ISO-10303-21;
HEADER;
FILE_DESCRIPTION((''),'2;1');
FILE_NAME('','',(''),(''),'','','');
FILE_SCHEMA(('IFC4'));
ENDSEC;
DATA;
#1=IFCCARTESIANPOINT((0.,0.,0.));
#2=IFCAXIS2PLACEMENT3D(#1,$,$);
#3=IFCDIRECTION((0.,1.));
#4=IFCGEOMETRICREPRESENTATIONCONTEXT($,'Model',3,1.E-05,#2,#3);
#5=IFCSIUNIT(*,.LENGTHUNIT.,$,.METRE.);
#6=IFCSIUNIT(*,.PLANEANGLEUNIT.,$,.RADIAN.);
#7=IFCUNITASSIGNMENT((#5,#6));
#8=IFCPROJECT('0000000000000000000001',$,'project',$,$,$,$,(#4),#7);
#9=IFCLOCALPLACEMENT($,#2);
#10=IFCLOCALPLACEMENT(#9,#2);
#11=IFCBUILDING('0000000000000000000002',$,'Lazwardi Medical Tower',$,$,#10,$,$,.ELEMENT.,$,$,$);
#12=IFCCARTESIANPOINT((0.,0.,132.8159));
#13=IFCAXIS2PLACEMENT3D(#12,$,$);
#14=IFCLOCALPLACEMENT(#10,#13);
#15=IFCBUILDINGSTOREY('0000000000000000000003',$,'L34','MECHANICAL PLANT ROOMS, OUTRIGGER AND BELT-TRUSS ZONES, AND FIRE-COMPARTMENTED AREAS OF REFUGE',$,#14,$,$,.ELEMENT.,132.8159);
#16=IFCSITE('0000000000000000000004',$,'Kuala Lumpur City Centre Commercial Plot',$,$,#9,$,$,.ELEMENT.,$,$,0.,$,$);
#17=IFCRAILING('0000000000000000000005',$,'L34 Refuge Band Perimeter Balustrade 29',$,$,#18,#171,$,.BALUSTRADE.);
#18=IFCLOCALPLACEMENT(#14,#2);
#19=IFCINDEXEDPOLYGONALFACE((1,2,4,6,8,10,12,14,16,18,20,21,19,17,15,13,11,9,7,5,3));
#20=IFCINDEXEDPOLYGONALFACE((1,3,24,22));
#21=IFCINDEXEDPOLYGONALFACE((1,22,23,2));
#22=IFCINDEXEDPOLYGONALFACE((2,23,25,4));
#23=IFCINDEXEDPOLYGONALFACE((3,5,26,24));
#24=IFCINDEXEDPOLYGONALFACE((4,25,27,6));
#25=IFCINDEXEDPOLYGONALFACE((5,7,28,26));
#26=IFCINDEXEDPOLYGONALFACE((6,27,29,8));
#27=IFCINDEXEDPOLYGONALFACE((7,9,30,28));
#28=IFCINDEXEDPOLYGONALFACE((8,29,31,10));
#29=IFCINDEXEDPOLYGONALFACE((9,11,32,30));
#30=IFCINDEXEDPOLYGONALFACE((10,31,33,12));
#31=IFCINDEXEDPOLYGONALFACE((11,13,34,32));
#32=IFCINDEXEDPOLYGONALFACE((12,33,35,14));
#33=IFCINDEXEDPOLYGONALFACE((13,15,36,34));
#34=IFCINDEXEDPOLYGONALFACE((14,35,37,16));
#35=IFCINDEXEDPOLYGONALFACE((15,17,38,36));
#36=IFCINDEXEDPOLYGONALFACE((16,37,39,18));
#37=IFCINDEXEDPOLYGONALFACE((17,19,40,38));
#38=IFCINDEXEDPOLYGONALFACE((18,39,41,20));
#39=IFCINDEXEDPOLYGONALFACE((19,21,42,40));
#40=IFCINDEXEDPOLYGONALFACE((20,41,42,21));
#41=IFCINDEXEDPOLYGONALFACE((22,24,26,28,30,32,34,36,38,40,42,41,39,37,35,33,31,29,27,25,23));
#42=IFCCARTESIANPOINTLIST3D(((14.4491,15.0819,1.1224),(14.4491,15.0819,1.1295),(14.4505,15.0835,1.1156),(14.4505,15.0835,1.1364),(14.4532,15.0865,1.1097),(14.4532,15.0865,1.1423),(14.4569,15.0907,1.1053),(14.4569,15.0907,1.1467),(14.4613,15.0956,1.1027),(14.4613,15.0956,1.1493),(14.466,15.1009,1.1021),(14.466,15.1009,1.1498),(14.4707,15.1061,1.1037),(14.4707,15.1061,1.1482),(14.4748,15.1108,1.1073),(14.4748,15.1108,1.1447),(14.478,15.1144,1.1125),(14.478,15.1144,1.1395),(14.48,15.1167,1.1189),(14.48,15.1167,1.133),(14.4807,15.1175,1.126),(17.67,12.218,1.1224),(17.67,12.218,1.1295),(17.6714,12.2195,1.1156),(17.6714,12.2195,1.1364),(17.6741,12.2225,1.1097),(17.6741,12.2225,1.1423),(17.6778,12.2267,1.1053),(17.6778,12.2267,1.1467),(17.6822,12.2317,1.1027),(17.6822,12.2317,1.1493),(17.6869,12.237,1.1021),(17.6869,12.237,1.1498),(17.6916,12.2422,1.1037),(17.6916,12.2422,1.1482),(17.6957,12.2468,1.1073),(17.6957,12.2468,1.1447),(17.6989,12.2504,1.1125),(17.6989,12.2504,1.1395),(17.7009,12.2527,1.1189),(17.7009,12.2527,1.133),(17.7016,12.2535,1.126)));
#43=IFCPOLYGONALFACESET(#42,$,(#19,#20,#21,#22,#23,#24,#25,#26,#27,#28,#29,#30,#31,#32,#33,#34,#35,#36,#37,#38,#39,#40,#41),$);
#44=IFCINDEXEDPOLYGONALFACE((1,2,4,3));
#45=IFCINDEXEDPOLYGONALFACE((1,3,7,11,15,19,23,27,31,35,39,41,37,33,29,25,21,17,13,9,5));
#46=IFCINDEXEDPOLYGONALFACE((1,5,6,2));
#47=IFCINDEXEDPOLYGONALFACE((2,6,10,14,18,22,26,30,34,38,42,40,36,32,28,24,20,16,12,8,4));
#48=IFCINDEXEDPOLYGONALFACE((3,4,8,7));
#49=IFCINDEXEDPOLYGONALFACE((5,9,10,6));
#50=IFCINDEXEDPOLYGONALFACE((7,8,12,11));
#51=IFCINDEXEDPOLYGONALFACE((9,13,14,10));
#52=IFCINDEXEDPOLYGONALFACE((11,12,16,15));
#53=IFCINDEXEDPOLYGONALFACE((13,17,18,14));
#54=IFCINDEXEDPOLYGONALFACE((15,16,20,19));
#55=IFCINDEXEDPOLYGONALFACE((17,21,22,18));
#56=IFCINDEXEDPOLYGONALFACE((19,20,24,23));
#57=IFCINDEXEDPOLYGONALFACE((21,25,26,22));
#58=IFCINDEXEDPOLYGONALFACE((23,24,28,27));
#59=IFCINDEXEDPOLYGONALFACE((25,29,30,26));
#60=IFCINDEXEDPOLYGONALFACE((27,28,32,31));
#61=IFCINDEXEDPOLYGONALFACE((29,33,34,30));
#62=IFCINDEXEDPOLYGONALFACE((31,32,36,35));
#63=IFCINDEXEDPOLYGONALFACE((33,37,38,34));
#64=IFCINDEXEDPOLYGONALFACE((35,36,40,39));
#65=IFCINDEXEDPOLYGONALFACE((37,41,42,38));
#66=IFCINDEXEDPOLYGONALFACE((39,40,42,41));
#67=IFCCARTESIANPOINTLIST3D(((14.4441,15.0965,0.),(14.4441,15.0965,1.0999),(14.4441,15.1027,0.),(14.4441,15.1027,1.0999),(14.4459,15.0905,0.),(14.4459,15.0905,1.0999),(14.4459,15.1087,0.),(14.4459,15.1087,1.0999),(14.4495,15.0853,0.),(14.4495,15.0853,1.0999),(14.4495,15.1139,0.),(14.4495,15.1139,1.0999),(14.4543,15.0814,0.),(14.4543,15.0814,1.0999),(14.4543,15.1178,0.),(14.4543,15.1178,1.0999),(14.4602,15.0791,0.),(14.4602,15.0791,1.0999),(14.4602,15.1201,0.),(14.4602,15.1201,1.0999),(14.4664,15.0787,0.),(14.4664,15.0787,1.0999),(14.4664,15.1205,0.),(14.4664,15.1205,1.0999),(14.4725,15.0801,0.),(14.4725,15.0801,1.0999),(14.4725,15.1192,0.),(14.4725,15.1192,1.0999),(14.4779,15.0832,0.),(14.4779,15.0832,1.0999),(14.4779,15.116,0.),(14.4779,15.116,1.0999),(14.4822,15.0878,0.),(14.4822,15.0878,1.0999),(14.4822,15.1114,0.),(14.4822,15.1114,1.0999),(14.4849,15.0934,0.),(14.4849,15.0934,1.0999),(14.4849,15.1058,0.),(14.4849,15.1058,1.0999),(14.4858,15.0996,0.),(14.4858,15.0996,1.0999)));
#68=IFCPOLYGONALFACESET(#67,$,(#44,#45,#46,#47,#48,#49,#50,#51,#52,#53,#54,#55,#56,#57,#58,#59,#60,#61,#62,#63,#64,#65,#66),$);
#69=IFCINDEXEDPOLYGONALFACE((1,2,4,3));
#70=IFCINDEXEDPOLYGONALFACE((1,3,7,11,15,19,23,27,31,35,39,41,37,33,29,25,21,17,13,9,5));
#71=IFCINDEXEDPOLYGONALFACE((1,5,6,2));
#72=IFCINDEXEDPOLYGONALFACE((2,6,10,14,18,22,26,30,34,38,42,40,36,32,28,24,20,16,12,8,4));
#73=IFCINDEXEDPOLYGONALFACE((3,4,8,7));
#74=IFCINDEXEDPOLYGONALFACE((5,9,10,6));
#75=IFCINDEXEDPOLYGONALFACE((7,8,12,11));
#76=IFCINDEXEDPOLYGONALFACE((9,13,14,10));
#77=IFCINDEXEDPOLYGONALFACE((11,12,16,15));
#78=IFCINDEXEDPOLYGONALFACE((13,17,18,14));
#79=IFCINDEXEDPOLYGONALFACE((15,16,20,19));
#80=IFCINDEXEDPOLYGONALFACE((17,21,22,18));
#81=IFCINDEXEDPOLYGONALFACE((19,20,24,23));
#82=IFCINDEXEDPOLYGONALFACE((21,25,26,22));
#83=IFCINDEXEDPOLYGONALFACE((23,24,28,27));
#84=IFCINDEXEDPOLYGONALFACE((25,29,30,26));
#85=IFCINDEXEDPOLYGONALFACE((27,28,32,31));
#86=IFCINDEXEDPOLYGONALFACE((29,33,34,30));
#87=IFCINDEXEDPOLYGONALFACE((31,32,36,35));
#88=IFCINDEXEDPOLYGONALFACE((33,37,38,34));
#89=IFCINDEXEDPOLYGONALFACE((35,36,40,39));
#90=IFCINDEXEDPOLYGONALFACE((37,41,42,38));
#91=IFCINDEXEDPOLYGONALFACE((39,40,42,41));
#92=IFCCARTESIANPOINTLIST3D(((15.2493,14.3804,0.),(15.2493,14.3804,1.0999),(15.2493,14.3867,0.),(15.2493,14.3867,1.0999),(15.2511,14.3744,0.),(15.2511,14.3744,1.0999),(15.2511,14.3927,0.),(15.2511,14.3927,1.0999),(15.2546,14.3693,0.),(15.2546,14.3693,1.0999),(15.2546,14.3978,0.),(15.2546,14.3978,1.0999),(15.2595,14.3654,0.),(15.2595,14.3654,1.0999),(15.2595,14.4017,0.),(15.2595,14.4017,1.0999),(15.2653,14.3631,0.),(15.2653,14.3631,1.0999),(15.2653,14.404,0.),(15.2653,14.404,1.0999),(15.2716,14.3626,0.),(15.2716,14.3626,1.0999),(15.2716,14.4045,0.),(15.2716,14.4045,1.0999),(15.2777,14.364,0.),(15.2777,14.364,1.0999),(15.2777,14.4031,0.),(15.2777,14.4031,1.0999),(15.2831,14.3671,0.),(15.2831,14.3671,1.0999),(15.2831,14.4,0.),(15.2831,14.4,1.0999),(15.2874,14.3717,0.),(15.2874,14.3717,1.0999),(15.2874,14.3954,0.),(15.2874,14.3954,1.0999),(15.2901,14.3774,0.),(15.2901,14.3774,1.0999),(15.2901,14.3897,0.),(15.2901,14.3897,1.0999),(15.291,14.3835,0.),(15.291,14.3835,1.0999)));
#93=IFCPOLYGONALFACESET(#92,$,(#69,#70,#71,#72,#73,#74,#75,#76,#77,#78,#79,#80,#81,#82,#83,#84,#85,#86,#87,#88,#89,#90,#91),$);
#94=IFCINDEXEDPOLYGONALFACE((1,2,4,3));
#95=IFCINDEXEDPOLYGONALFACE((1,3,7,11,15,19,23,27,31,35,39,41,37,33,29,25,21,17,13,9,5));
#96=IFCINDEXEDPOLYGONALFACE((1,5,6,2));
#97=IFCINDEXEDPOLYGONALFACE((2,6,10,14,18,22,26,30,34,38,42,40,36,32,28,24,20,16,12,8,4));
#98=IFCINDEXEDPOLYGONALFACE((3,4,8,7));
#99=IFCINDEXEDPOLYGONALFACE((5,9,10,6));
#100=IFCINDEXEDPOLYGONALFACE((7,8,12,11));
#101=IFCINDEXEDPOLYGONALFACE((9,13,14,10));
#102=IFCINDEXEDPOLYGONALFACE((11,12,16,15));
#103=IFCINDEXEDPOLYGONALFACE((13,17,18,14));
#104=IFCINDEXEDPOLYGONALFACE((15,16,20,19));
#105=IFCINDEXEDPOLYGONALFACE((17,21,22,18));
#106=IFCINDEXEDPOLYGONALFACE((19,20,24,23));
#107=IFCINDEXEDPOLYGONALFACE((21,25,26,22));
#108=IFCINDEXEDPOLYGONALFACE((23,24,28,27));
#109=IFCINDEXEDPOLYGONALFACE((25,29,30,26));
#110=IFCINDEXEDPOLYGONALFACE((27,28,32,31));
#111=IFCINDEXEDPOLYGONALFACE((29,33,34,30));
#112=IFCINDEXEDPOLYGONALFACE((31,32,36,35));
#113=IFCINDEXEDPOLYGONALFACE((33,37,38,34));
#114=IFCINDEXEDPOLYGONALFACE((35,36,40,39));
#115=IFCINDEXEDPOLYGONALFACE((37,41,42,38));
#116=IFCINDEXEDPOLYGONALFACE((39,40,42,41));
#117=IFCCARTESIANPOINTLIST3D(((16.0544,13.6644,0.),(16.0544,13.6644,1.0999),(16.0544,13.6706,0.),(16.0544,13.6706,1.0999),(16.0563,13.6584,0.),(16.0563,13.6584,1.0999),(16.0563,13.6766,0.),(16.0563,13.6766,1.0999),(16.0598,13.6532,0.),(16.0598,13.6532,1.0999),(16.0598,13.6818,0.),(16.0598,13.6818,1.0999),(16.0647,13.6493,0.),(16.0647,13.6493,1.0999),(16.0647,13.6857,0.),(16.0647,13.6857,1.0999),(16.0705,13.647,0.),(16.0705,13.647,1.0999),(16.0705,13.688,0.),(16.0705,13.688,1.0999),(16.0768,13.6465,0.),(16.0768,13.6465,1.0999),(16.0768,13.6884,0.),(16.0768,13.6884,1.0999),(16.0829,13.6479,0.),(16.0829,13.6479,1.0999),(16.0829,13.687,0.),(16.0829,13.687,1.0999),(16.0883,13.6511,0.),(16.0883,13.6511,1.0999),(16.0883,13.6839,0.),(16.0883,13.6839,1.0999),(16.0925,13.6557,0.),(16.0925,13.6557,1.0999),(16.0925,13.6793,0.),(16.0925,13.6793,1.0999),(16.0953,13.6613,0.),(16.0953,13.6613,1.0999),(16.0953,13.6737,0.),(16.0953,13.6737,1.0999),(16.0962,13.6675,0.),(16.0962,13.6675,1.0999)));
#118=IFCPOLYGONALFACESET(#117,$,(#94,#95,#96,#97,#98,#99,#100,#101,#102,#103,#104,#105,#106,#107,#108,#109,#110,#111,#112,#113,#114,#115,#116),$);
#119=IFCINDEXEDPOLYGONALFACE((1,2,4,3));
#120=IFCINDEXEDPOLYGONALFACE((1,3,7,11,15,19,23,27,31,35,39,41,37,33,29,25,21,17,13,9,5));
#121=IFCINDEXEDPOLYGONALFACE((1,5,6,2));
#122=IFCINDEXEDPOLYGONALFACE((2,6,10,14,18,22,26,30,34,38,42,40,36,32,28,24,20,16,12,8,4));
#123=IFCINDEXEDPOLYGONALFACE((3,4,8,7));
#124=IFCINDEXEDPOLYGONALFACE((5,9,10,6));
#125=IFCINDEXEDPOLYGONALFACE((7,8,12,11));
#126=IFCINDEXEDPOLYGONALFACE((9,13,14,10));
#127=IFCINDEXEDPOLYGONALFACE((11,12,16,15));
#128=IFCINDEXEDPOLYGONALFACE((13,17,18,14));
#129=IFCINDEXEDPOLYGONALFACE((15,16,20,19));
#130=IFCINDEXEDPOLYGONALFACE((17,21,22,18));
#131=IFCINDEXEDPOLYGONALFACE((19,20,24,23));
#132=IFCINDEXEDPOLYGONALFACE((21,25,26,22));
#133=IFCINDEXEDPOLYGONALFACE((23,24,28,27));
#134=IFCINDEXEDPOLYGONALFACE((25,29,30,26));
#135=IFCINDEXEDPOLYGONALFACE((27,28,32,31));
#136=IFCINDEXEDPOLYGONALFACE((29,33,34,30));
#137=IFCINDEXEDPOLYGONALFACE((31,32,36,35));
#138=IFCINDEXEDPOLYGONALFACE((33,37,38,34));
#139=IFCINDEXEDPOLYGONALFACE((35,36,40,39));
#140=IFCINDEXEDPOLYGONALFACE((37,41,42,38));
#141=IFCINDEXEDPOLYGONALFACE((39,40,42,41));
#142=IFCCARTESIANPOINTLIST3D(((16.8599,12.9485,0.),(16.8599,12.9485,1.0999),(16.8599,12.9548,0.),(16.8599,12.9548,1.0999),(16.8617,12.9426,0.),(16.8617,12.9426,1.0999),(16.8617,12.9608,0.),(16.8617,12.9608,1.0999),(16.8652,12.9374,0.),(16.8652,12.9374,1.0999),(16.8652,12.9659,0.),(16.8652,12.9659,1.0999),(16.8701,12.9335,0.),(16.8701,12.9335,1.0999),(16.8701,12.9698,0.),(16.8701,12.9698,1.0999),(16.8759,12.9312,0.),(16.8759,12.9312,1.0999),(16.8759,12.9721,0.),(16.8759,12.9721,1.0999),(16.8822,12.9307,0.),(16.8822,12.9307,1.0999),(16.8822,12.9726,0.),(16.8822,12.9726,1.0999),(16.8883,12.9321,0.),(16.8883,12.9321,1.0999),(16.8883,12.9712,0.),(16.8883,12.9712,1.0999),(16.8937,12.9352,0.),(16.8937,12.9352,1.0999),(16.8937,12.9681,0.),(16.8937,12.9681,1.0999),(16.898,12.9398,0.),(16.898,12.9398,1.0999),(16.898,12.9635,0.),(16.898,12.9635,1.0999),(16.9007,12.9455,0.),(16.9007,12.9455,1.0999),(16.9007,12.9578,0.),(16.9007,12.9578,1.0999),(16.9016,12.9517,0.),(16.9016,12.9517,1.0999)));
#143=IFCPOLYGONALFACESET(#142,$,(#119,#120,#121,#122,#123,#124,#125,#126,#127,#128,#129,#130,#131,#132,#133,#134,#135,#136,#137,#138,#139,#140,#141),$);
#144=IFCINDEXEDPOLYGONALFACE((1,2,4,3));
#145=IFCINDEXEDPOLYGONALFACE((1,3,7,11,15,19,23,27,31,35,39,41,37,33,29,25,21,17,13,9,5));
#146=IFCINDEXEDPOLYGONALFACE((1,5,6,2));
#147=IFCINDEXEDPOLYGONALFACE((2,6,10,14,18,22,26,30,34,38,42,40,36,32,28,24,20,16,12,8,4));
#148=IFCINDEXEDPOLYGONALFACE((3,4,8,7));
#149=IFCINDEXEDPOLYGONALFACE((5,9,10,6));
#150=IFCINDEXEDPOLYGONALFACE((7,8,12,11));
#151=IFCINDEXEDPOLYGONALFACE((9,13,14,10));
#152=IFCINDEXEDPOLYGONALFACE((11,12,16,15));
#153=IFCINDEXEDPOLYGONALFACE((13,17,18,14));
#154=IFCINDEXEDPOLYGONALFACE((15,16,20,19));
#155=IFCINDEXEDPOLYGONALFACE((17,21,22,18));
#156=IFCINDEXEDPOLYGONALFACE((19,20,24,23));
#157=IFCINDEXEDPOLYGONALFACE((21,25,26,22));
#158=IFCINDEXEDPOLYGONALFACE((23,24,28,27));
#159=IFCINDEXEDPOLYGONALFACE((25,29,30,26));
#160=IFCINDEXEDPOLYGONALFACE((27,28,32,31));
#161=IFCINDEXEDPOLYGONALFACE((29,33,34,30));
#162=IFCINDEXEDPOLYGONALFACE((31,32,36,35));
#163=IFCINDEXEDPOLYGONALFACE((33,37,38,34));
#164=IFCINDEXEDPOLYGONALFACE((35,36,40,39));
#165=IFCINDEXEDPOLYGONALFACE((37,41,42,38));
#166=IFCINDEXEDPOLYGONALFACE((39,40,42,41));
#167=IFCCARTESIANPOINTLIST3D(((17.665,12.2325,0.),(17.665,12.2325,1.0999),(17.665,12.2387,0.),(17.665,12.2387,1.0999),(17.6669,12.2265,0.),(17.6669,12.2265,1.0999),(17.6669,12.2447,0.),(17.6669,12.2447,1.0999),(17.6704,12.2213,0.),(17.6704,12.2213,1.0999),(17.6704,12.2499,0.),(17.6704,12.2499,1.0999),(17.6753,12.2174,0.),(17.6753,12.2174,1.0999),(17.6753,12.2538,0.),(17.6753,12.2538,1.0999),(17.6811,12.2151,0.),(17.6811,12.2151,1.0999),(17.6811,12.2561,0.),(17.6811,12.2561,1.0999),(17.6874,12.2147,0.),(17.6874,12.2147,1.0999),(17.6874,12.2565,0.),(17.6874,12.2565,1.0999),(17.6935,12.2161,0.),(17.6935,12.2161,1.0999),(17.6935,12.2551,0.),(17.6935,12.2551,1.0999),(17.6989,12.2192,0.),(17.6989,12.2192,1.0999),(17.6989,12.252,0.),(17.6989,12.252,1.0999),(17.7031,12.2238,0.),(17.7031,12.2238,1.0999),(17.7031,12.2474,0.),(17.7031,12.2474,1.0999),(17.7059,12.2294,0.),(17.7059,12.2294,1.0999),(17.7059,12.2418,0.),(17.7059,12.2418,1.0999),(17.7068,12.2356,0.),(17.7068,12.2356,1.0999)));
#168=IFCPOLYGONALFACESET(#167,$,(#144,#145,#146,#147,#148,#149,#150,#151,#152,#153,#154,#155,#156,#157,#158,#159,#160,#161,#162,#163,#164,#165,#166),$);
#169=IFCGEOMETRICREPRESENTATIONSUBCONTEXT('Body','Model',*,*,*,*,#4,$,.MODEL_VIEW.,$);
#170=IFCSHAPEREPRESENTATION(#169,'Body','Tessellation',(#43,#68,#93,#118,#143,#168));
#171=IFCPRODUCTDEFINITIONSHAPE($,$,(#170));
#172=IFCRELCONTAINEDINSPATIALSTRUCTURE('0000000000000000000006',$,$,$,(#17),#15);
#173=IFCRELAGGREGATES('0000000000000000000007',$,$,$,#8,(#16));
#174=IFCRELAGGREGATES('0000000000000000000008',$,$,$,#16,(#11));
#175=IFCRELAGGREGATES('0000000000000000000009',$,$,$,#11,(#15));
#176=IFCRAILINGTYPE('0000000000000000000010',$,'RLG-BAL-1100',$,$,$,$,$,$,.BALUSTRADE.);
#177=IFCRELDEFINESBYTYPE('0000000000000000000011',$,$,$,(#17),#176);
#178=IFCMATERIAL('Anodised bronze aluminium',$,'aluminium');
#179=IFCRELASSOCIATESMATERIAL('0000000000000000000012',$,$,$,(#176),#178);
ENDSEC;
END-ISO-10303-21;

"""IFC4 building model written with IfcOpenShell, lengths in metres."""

from ifc_helpers import new_model, si_unit, direction, frame, origin, origin_2d, place, context, subcontext, project, spatial, circle, extrude, material, type_object, element, save


model = new_model("IFC4")

# Units and contexts
model_context = context("Model", 3, precision=1e-05, world=origin(), true_north=direction((0.0, 1.0)))
body_context = subcontext(model_context, "Body", "Model", "MODEL_VIEW")
ifc_project = project(units=[si_unit("LENGTHUNIT", "METRE"), si_unit("PLANEANGLEUNIT", "RADIAN")], contexts=[model_context])

# Site, building, storey
site_placement = place(None, origin())
site = spatial("IfcSite", under=ifc_project, at=site_placement, Name="Kuala Lumpur City Centre Commercial Plot", CompositionType="ELEMENT", RefElevation=0.0)
building_placement = place(site_placement, origin())
building = spatial("IfcBuilding", under=site, at=building_placement, Name="Lazwardi Medical Tower", CompositionType="ELEMENT")
storey_placement = place(building_placement, frame((0.0, 0.0, 132.8159)))
storey = spatial("IfcBuildingStorey", under=building, at=storey_placement, Name="L34", Description="MECHANICAL PLANT ROOMS, OUTRIGGER AND BELT-TRUSS ZONES, AND FIRE-COMPARTMENTED AREAS OF REFUGE", CompositionType="ELEMENT", Elevation=132.8159)

# Railing
ifc_material_1 = material(Name="Anodised bronze aluminium", Category="aluminium")
railing_type = type_object("IfcRailingType", Name="RLG-BAL-1100", PredefinedType="BALUSTRADE", material=ifc_material_1)
railing_1_placement = place(storey_placement, frame((14.4648, 15.0996, 0.0)))
element("IfcRailing", 1, at=railing_1_placement, inside=storey, type_object=railing_type, Name="L34 Refuge Band Perimeter Balustrade 29", PredefinedType="BALUSTRADE", context=body_context, shape_type="SweptSolid", body=[
    extrude(circle(Radius=0.0239, at=origin_2d()), frame((0.0, 0.0, 1.126), z_axis=(0.7473, -0.664487, 0.0), x_axis=(0.664487, 0.7473, 0.0)), (0.0, 0.0, 1.0), 4.3101),
    extrude(circle(Radius=0.021, at=origin_2d()), origin(), (0.0, 0.0, 1.0), 1.0999),
    extrude(circle(Radius=0.021, at=origin_2d()), frame((0.8052, -0.7161, 0.0)), (0.0, 0.0, 1.0), 1.0999),
    extrude(circle(Radius=0.021, at=origin_2d()), frame((1.6104, -1.4321, 0.0)), (0.0, 0.0, 1.0), 1.0999),
    extrude(circle(Radius=0.021, at=origin_2d()), frame((2.4158, -2.1479, 0.0)), (0.0, 0.0, 1.0), 1.0999),
    extrude(circle(Radius=0.021, at=origin_2d()), frame((3.2209, -2.864, 0.0)), (0.0, 0.0, 1.0), 1.0999),
])

save(model, "model.ifc")
